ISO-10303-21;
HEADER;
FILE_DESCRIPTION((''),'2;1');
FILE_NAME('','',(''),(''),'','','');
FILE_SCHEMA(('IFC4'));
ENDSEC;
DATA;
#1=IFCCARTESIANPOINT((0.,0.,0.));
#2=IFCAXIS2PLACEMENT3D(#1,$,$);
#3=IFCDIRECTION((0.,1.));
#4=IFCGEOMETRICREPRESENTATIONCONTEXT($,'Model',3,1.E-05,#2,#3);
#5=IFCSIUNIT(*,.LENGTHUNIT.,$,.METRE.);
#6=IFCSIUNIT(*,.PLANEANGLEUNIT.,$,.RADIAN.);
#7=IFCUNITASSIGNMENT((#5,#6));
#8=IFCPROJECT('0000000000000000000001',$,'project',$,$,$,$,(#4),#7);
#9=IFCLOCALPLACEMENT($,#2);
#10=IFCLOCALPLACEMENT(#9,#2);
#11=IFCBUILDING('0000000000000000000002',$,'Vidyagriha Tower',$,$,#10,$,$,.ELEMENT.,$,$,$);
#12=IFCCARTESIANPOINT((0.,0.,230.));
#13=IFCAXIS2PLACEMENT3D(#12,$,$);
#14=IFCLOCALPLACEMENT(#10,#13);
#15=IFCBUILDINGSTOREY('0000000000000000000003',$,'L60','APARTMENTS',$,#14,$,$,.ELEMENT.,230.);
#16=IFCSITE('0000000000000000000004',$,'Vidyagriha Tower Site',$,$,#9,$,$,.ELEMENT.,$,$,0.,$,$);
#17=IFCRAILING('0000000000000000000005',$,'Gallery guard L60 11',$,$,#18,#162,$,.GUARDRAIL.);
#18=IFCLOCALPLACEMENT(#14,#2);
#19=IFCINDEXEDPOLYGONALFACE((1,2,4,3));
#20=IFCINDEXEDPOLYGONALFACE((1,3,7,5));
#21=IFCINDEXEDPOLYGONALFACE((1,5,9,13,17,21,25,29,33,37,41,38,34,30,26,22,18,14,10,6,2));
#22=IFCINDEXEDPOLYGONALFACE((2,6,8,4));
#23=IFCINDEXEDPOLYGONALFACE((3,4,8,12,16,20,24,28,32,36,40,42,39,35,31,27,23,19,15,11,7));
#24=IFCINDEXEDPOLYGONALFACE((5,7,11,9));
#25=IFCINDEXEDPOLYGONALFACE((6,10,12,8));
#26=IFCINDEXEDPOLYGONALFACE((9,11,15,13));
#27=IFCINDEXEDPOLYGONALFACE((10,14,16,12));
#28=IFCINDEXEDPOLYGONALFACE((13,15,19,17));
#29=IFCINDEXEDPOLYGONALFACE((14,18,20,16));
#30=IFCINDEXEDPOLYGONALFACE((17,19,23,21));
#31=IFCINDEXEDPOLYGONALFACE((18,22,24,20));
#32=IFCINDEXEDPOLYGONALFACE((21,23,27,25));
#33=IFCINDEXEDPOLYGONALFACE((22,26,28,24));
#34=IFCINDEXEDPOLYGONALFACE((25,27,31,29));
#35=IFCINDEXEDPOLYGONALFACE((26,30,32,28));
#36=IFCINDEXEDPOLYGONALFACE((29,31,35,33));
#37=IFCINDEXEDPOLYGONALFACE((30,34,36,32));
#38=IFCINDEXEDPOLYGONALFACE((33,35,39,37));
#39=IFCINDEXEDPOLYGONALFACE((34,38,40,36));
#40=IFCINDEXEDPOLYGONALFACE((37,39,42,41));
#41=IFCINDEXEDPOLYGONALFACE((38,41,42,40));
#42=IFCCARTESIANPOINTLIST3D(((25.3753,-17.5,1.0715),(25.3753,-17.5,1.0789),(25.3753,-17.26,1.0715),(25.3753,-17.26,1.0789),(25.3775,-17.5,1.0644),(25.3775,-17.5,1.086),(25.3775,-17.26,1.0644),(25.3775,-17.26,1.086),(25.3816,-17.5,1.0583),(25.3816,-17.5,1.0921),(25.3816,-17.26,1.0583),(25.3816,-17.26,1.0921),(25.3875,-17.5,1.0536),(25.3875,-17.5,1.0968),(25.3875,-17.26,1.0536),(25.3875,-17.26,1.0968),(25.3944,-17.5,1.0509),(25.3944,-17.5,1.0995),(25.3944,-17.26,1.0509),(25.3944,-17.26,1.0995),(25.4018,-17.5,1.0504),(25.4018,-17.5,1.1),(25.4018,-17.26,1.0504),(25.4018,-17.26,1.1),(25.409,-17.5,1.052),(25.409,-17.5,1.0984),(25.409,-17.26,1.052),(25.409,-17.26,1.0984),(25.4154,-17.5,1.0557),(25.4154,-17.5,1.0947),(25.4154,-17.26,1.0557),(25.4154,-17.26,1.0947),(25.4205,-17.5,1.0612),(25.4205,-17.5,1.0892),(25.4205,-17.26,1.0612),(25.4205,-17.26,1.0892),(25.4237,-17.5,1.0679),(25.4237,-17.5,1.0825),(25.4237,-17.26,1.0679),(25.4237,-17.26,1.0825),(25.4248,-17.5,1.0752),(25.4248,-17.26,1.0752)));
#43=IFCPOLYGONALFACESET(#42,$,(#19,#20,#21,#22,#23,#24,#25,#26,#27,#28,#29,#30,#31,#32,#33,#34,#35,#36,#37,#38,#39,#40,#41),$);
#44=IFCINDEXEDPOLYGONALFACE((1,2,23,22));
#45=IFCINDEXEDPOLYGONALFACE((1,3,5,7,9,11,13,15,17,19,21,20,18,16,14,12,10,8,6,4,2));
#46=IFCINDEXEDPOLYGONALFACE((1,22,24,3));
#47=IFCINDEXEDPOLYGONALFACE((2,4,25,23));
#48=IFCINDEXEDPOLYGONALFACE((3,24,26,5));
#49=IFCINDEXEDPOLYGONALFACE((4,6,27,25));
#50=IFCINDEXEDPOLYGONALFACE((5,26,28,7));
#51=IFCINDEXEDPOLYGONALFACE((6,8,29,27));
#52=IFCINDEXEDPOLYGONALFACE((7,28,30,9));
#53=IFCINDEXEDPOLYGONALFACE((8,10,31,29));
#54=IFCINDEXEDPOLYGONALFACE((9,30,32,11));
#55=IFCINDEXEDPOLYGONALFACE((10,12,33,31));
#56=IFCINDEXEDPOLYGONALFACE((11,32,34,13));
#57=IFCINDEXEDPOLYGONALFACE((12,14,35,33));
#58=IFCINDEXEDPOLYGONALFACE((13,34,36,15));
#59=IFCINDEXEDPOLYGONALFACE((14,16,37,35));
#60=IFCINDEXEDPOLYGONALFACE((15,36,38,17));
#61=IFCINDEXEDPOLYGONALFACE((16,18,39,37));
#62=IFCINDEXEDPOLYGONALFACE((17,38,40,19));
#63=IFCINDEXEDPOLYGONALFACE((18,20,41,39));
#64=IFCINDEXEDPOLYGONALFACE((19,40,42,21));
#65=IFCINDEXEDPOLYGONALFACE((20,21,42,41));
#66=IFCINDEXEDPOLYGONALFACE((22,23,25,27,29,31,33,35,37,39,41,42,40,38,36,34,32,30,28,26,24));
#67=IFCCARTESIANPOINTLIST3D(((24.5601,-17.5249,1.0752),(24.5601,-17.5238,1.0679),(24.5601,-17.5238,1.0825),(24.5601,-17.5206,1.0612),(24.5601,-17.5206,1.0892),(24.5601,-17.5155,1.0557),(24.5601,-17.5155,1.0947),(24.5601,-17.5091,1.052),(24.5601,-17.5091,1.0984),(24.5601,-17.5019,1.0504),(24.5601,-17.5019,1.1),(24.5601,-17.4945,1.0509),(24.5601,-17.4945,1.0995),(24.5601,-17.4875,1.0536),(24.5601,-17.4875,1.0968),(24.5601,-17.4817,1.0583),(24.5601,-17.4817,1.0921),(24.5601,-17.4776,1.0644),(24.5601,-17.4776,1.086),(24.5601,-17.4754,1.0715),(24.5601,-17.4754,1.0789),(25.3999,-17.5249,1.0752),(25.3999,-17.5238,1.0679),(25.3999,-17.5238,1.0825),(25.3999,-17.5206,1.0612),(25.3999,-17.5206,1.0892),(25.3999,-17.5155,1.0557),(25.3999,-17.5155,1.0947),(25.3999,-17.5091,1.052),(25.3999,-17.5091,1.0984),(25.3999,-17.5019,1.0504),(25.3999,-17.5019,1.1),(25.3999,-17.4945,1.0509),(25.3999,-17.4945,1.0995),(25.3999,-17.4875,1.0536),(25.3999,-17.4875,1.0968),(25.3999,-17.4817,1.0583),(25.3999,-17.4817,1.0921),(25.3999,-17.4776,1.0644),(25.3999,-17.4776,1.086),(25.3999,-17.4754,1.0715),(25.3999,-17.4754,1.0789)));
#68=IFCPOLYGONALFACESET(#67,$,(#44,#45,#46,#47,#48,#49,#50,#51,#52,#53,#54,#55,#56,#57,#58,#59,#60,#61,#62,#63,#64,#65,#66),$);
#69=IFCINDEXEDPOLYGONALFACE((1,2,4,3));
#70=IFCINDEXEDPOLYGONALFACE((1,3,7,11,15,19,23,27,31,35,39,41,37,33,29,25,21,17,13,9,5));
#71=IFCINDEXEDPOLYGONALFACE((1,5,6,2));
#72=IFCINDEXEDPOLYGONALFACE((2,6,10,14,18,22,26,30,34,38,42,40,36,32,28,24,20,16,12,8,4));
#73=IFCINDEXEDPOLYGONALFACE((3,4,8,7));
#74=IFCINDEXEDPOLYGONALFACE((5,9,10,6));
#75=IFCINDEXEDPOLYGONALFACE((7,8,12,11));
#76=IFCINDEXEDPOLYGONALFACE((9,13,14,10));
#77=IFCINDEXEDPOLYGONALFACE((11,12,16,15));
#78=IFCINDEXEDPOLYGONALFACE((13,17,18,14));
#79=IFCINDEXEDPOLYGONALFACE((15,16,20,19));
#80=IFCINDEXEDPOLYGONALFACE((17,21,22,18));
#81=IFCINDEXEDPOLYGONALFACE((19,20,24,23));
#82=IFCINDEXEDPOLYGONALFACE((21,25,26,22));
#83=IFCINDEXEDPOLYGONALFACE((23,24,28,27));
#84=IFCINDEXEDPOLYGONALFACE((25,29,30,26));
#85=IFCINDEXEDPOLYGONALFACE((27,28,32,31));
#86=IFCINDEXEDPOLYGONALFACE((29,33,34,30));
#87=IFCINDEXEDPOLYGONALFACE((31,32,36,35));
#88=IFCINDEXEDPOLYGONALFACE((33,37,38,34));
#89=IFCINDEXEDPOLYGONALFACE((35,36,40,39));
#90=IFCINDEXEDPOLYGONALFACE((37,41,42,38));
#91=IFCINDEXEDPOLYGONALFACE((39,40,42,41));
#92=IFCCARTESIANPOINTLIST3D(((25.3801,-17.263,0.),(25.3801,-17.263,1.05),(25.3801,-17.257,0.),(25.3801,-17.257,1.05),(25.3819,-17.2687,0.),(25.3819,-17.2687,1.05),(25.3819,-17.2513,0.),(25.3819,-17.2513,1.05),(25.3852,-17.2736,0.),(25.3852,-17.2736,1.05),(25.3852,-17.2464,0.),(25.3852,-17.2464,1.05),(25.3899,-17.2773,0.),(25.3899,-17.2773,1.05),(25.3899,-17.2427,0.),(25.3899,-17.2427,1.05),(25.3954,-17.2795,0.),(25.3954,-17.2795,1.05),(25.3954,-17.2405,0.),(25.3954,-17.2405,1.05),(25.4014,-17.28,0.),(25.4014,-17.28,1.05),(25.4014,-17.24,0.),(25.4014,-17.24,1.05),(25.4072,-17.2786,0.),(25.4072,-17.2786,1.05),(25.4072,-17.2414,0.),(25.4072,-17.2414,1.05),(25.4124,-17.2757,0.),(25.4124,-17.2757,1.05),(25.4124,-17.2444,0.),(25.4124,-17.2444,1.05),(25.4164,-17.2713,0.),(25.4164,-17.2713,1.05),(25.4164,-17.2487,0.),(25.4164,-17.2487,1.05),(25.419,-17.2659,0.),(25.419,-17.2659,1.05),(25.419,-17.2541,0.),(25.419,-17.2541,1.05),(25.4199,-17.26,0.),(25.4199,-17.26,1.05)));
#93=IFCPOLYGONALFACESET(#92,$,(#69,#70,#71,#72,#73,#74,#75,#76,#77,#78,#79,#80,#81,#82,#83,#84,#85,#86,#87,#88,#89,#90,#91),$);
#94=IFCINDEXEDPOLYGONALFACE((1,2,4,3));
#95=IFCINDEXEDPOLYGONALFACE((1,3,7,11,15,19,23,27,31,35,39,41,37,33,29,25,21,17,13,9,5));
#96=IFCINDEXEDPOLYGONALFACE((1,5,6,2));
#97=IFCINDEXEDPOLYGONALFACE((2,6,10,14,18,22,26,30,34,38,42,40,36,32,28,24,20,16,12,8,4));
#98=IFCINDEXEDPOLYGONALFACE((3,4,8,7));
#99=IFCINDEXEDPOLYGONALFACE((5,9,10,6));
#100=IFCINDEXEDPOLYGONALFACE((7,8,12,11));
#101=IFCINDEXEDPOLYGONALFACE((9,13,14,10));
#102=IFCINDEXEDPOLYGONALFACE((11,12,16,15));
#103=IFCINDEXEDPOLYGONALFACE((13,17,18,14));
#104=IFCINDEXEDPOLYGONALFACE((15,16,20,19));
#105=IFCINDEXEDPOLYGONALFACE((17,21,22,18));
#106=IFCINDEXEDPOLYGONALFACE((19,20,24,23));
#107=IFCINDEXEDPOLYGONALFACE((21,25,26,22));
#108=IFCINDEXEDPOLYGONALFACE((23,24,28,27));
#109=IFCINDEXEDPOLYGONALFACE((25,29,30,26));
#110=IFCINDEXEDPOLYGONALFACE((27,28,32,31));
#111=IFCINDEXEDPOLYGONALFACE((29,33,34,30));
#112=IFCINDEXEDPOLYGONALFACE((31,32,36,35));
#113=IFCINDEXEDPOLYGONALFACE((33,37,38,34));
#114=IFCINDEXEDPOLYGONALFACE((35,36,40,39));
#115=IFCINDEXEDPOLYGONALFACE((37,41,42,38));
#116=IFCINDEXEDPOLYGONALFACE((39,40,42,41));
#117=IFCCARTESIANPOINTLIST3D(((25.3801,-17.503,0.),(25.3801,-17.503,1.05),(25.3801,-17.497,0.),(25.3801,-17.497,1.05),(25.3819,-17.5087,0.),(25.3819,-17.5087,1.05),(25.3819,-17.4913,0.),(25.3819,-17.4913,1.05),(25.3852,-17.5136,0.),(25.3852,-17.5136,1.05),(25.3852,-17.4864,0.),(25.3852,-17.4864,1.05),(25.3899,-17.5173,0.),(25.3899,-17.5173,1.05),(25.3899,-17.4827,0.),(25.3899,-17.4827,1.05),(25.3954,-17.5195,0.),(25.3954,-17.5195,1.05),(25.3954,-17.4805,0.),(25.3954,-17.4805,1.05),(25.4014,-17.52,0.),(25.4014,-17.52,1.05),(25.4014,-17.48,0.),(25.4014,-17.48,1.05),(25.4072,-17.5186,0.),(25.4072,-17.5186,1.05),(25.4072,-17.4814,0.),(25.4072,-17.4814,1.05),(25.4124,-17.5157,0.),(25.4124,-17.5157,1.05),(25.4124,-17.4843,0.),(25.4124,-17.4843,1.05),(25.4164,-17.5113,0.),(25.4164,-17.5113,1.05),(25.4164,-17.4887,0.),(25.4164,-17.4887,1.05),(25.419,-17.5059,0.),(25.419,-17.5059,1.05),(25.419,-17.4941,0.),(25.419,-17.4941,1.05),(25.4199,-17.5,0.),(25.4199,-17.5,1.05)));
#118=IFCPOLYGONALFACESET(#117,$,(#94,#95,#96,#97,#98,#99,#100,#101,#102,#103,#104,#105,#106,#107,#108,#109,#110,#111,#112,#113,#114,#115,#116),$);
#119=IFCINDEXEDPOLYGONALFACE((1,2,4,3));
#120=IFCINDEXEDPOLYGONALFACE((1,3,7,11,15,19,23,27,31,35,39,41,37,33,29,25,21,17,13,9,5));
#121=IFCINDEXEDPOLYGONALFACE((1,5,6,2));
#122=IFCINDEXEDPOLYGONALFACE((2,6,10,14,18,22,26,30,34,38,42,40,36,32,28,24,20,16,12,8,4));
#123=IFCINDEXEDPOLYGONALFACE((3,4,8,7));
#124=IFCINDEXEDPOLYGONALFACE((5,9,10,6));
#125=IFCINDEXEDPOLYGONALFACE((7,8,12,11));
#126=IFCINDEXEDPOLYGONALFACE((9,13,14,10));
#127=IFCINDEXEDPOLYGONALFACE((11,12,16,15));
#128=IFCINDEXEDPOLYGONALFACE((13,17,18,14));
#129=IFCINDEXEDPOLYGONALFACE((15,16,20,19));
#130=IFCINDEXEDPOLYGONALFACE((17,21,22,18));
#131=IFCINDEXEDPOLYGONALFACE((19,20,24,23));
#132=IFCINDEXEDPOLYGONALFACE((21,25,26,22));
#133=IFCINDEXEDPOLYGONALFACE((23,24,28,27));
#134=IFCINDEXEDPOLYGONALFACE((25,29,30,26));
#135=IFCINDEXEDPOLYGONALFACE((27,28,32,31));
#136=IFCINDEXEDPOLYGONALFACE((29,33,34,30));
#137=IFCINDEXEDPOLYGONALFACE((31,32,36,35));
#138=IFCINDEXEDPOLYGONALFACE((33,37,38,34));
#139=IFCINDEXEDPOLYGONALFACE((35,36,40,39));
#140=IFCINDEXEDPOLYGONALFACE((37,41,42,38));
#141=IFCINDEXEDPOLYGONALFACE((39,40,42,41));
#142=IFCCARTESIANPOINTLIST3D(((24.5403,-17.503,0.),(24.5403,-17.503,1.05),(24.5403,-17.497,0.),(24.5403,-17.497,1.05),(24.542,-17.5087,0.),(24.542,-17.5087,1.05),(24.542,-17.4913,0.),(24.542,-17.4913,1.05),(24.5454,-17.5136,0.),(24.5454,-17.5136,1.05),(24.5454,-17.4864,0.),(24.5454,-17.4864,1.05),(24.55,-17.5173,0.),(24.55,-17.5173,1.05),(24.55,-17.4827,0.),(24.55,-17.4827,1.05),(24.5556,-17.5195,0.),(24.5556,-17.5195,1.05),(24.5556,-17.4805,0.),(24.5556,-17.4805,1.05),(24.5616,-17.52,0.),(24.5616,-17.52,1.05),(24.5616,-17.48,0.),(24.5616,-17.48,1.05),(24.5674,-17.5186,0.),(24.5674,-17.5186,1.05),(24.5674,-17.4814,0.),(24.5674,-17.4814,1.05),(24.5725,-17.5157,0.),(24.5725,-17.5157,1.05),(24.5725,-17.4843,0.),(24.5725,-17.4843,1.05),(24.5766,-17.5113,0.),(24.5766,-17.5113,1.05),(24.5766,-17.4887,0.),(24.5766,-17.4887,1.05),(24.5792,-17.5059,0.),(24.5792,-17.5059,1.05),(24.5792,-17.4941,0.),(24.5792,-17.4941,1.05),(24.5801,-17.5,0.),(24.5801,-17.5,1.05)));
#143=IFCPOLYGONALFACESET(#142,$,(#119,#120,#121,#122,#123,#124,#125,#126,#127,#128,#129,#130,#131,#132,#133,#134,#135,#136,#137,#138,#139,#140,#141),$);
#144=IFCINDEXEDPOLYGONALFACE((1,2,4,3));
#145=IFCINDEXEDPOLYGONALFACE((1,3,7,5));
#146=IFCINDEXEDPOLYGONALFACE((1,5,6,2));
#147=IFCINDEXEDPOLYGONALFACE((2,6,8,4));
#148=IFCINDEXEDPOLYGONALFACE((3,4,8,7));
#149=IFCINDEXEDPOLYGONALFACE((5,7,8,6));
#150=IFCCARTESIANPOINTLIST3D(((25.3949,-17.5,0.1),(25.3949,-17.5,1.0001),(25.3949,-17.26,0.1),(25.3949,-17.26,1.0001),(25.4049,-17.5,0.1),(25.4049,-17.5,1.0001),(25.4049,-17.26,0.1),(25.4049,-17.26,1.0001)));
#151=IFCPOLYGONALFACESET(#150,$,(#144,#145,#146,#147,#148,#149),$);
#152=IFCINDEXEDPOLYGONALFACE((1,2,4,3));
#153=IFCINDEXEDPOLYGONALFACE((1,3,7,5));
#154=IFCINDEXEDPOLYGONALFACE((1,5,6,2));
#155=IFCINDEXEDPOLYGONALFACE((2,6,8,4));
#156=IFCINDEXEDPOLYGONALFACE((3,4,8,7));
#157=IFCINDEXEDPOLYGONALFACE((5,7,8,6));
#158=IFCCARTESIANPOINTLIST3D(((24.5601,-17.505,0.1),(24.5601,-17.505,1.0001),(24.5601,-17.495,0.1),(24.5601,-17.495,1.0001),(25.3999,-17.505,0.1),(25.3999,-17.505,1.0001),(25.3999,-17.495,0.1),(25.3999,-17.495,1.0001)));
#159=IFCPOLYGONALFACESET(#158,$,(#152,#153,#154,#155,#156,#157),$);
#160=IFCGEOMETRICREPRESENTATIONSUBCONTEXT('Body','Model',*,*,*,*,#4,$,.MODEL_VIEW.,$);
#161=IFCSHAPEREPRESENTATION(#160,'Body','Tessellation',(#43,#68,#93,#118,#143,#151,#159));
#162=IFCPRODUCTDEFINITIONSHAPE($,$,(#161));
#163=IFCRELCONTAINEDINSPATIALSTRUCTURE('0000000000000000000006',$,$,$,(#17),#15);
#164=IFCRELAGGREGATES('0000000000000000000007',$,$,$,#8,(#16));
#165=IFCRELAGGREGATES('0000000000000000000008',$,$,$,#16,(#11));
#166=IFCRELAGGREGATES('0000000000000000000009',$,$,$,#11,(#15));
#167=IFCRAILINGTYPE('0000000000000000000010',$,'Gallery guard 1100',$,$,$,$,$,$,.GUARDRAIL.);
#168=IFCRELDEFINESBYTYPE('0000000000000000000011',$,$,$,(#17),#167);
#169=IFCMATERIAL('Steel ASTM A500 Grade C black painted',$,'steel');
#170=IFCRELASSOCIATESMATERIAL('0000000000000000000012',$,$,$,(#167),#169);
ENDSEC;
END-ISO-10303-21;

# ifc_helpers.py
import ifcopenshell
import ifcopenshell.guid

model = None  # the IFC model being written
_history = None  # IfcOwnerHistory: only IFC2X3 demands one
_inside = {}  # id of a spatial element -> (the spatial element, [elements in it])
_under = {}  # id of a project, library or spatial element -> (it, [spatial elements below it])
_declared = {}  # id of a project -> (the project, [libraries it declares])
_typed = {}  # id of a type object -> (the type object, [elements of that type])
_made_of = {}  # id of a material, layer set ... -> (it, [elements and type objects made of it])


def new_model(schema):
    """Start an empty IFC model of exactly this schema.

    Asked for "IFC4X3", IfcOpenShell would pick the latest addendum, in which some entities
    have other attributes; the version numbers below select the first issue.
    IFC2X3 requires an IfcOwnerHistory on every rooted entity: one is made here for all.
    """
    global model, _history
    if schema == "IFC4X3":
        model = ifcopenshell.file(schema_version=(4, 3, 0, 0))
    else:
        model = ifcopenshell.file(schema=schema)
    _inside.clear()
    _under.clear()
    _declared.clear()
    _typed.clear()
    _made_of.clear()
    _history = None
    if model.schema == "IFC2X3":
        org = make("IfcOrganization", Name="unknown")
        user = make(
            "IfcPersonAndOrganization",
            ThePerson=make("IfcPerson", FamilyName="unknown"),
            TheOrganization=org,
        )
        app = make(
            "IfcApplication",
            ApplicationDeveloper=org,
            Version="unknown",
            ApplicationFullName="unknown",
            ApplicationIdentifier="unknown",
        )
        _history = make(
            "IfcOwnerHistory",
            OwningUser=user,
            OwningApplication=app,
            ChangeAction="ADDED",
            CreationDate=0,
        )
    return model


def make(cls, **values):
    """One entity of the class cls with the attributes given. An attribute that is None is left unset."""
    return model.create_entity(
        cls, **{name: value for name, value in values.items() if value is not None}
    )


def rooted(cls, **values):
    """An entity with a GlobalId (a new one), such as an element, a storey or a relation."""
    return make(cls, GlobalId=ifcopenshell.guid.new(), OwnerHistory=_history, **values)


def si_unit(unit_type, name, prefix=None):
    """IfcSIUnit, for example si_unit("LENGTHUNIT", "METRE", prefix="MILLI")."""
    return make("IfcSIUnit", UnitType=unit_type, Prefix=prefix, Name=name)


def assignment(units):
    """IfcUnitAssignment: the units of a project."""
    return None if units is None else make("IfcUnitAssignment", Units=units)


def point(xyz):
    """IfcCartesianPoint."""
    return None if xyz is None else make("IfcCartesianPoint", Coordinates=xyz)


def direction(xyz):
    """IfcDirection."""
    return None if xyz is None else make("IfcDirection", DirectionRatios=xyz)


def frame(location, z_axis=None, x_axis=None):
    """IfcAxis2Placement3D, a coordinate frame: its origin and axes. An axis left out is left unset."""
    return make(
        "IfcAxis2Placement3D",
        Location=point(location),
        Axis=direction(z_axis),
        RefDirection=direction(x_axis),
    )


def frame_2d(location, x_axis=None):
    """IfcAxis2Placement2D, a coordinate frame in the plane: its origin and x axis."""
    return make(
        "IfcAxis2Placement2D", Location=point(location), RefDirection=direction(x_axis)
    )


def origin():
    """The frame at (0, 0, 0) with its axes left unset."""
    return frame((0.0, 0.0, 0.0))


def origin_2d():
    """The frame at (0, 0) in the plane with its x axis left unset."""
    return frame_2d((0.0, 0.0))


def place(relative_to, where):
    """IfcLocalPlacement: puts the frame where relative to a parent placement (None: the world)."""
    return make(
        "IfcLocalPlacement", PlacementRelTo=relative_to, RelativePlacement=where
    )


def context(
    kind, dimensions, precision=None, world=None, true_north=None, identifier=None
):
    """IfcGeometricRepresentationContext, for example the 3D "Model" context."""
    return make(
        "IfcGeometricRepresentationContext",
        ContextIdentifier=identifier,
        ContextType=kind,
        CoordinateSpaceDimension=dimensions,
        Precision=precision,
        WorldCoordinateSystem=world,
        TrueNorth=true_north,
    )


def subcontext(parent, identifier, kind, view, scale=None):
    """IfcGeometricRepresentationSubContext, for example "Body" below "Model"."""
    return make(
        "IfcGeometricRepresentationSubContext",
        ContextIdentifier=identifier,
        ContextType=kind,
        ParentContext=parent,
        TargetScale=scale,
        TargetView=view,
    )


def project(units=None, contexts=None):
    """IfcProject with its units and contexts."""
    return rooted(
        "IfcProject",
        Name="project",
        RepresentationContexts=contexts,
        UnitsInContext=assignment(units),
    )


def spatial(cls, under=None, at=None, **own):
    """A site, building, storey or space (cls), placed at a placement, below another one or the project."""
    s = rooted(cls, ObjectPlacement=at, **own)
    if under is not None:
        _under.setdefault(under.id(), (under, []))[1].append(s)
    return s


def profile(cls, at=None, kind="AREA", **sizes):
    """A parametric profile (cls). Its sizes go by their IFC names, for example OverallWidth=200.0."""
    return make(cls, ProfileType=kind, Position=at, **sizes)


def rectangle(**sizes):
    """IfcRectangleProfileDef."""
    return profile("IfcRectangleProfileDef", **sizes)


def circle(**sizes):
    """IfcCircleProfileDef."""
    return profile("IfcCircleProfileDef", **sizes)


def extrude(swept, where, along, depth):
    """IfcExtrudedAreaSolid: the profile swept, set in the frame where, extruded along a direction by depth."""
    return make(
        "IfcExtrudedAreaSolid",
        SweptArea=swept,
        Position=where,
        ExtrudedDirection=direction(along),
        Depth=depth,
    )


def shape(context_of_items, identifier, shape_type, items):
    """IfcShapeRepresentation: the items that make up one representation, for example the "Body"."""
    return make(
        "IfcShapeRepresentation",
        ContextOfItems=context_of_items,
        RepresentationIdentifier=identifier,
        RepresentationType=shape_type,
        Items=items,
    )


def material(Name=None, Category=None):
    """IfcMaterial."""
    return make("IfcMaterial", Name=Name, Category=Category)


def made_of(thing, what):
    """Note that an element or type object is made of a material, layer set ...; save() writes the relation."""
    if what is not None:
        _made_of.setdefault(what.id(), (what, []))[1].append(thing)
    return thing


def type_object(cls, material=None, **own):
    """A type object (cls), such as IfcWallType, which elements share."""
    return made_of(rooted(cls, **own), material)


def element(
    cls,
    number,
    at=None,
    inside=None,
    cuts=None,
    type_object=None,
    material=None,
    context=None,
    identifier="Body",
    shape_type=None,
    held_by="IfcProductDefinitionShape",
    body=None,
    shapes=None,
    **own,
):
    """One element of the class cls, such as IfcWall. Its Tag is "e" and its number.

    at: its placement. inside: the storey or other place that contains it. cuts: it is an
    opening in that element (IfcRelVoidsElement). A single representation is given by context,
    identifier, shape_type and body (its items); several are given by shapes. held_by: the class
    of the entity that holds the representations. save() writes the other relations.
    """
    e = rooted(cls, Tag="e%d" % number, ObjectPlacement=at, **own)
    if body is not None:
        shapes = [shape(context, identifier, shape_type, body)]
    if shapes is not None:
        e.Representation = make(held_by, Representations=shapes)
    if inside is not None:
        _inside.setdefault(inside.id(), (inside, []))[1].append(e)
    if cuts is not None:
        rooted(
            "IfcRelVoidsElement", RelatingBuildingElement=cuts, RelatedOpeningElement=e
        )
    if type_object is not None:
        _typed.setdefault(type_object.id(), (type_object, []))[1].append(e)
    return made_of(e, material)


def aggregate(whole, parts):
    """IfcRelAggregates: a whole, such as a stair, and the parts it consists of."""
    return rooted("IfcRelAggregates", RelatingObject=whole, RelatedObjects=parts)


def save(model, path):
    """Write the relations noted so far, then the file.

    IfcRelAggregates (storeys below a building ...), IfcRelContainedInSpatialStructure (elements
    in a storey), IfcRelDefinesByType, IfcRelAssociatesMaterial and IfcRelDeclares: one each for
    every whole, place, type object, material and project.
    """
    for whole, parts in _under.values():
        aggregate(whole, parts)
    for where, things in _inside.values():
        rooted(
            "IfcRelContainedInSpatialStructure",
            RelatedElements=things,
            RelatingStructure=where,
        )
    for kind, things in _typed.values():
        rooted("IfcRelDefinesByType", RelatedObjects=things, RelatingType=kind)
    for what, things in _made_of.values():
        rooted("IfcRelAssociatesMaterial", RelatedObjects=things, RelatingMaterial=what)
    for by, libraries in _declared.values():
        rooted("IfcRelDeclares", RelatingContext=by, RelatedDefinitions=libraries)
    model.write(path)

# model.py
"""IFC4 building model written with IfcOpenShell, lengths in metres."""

from ifc_helpers import new_model, si_unit, direction, frame, origin, origin_2d, place, context, subcontext, project, spatial, rectangle, circle, extrude, material, type_object, element, save


model = new_model("IFC4")

# Units and contexts
model_context = context("Model", 3, precision=1e-05, world=origin(), true_north=direction((0.0, 1.0)))
body_context = subcontext(model_context, "Body", "Model", "MODEL_VIEW")
ifc_project = project(units=[si_unit("LENGTHUNIT", "METRE"), si_unit("PLANEANGLEUNIT", "RADIAN")], contexts=[model_context])

# Site, building, storey
site_placement = place(None, origin())
site = spatial("IfcSite", under=ifc_project, at=site_placement, Name="Vidyagriha Tower Site", CompositionType="ELEMENT", RefElevation=0.0)
building_placement = place(site_placement, origin())
building = spatial("IfcBuilding", under=site, at=building_placement, Name="Vidyagriha Tower", CompositionType="ELEMENT")
storey_placement = place(building_placement, frame((0.0, 0.0, 230.0)))
storey = spatial("IfcBuildingStorey", under=building, at=storey_placement, Name="L60", Description="APARTMENTS", CompositionType="ELEMENT", Elevation=230.0)

# Railing
ifc_material_1 = material(Name="Steel ASTM A500 Grade C black painted", Category="steel")
railing_type_1 = type_object("IfcRailingType", Name="Gallery guard 1100", PredefinedType="GUARDRAIL", material=ifc_material_1)
railing_1_placement = place(storey_placement, frame((25.3999, -17.26, 0.0)))
element("IfcRailing", 1, at=railing_1_placement, inside=storey, type_object=railing_type_1, Name="Gallery guard L60 11", PredefinedType="GUARDRAIL", context=body_context, shape_type="SweptSolid", body=[
    extrude(circle(Radius=0.0249, at=origin_2d()), frame((0.0, 0.0, 1.0752), z_axis=(0.0, -1.0, 0.0), x_axis=(1.0, 0.0, 0.0)), (0.0, 0.0, 1.0), 0.24),
    extrude(circle(Radius=0.0249, at=origin_2d()), frame((0.0, -0.24, 1.0752), z_axis=(-1.0, 0.0, 0.0), x_axis=(0.0, -1.0, 0.0)), (0.0, 0.0, 1.0), 0.8398),
    extrude(circle(Radius=0.02, at=origin_2d()), origin(), (0.0, 0.0, 1.0), 1.05),
    extrude(circle(Radius=0.02, at=origin_2d()), frame((0.0, -0.24, 0.0)), (0.0, 0.0, 1.0), 1.05),
    extrude(circle(Radius=0.02, at=origin_2d()), frame((-0.8398, -0.24, 0.0)), (0.0, 0.0, 1.0), 1.05),
    extrude(rectangle(XDim=0.01, YDim=0.9001, at=origin_2d()), frame((0.0, 0.0, 0.55), z_axis=(0.0, -1.0, 0.0), x_axis=(1.0, 0.0, 0.0)), (0.0, 0.0, 1.0), 0.24),
    extrude(rectangle(XDim=0.01, YDim=0.9001, at=origin_2d()), frame((0.0, -0.24, 0.55), z_axis=(-1.0, 0.0, 0.0), x_axis=(0.0, -1.0, 0.0)), (0.0, 0.0, 1.0), 0.8398),
])

save(model, "model.ifc")
